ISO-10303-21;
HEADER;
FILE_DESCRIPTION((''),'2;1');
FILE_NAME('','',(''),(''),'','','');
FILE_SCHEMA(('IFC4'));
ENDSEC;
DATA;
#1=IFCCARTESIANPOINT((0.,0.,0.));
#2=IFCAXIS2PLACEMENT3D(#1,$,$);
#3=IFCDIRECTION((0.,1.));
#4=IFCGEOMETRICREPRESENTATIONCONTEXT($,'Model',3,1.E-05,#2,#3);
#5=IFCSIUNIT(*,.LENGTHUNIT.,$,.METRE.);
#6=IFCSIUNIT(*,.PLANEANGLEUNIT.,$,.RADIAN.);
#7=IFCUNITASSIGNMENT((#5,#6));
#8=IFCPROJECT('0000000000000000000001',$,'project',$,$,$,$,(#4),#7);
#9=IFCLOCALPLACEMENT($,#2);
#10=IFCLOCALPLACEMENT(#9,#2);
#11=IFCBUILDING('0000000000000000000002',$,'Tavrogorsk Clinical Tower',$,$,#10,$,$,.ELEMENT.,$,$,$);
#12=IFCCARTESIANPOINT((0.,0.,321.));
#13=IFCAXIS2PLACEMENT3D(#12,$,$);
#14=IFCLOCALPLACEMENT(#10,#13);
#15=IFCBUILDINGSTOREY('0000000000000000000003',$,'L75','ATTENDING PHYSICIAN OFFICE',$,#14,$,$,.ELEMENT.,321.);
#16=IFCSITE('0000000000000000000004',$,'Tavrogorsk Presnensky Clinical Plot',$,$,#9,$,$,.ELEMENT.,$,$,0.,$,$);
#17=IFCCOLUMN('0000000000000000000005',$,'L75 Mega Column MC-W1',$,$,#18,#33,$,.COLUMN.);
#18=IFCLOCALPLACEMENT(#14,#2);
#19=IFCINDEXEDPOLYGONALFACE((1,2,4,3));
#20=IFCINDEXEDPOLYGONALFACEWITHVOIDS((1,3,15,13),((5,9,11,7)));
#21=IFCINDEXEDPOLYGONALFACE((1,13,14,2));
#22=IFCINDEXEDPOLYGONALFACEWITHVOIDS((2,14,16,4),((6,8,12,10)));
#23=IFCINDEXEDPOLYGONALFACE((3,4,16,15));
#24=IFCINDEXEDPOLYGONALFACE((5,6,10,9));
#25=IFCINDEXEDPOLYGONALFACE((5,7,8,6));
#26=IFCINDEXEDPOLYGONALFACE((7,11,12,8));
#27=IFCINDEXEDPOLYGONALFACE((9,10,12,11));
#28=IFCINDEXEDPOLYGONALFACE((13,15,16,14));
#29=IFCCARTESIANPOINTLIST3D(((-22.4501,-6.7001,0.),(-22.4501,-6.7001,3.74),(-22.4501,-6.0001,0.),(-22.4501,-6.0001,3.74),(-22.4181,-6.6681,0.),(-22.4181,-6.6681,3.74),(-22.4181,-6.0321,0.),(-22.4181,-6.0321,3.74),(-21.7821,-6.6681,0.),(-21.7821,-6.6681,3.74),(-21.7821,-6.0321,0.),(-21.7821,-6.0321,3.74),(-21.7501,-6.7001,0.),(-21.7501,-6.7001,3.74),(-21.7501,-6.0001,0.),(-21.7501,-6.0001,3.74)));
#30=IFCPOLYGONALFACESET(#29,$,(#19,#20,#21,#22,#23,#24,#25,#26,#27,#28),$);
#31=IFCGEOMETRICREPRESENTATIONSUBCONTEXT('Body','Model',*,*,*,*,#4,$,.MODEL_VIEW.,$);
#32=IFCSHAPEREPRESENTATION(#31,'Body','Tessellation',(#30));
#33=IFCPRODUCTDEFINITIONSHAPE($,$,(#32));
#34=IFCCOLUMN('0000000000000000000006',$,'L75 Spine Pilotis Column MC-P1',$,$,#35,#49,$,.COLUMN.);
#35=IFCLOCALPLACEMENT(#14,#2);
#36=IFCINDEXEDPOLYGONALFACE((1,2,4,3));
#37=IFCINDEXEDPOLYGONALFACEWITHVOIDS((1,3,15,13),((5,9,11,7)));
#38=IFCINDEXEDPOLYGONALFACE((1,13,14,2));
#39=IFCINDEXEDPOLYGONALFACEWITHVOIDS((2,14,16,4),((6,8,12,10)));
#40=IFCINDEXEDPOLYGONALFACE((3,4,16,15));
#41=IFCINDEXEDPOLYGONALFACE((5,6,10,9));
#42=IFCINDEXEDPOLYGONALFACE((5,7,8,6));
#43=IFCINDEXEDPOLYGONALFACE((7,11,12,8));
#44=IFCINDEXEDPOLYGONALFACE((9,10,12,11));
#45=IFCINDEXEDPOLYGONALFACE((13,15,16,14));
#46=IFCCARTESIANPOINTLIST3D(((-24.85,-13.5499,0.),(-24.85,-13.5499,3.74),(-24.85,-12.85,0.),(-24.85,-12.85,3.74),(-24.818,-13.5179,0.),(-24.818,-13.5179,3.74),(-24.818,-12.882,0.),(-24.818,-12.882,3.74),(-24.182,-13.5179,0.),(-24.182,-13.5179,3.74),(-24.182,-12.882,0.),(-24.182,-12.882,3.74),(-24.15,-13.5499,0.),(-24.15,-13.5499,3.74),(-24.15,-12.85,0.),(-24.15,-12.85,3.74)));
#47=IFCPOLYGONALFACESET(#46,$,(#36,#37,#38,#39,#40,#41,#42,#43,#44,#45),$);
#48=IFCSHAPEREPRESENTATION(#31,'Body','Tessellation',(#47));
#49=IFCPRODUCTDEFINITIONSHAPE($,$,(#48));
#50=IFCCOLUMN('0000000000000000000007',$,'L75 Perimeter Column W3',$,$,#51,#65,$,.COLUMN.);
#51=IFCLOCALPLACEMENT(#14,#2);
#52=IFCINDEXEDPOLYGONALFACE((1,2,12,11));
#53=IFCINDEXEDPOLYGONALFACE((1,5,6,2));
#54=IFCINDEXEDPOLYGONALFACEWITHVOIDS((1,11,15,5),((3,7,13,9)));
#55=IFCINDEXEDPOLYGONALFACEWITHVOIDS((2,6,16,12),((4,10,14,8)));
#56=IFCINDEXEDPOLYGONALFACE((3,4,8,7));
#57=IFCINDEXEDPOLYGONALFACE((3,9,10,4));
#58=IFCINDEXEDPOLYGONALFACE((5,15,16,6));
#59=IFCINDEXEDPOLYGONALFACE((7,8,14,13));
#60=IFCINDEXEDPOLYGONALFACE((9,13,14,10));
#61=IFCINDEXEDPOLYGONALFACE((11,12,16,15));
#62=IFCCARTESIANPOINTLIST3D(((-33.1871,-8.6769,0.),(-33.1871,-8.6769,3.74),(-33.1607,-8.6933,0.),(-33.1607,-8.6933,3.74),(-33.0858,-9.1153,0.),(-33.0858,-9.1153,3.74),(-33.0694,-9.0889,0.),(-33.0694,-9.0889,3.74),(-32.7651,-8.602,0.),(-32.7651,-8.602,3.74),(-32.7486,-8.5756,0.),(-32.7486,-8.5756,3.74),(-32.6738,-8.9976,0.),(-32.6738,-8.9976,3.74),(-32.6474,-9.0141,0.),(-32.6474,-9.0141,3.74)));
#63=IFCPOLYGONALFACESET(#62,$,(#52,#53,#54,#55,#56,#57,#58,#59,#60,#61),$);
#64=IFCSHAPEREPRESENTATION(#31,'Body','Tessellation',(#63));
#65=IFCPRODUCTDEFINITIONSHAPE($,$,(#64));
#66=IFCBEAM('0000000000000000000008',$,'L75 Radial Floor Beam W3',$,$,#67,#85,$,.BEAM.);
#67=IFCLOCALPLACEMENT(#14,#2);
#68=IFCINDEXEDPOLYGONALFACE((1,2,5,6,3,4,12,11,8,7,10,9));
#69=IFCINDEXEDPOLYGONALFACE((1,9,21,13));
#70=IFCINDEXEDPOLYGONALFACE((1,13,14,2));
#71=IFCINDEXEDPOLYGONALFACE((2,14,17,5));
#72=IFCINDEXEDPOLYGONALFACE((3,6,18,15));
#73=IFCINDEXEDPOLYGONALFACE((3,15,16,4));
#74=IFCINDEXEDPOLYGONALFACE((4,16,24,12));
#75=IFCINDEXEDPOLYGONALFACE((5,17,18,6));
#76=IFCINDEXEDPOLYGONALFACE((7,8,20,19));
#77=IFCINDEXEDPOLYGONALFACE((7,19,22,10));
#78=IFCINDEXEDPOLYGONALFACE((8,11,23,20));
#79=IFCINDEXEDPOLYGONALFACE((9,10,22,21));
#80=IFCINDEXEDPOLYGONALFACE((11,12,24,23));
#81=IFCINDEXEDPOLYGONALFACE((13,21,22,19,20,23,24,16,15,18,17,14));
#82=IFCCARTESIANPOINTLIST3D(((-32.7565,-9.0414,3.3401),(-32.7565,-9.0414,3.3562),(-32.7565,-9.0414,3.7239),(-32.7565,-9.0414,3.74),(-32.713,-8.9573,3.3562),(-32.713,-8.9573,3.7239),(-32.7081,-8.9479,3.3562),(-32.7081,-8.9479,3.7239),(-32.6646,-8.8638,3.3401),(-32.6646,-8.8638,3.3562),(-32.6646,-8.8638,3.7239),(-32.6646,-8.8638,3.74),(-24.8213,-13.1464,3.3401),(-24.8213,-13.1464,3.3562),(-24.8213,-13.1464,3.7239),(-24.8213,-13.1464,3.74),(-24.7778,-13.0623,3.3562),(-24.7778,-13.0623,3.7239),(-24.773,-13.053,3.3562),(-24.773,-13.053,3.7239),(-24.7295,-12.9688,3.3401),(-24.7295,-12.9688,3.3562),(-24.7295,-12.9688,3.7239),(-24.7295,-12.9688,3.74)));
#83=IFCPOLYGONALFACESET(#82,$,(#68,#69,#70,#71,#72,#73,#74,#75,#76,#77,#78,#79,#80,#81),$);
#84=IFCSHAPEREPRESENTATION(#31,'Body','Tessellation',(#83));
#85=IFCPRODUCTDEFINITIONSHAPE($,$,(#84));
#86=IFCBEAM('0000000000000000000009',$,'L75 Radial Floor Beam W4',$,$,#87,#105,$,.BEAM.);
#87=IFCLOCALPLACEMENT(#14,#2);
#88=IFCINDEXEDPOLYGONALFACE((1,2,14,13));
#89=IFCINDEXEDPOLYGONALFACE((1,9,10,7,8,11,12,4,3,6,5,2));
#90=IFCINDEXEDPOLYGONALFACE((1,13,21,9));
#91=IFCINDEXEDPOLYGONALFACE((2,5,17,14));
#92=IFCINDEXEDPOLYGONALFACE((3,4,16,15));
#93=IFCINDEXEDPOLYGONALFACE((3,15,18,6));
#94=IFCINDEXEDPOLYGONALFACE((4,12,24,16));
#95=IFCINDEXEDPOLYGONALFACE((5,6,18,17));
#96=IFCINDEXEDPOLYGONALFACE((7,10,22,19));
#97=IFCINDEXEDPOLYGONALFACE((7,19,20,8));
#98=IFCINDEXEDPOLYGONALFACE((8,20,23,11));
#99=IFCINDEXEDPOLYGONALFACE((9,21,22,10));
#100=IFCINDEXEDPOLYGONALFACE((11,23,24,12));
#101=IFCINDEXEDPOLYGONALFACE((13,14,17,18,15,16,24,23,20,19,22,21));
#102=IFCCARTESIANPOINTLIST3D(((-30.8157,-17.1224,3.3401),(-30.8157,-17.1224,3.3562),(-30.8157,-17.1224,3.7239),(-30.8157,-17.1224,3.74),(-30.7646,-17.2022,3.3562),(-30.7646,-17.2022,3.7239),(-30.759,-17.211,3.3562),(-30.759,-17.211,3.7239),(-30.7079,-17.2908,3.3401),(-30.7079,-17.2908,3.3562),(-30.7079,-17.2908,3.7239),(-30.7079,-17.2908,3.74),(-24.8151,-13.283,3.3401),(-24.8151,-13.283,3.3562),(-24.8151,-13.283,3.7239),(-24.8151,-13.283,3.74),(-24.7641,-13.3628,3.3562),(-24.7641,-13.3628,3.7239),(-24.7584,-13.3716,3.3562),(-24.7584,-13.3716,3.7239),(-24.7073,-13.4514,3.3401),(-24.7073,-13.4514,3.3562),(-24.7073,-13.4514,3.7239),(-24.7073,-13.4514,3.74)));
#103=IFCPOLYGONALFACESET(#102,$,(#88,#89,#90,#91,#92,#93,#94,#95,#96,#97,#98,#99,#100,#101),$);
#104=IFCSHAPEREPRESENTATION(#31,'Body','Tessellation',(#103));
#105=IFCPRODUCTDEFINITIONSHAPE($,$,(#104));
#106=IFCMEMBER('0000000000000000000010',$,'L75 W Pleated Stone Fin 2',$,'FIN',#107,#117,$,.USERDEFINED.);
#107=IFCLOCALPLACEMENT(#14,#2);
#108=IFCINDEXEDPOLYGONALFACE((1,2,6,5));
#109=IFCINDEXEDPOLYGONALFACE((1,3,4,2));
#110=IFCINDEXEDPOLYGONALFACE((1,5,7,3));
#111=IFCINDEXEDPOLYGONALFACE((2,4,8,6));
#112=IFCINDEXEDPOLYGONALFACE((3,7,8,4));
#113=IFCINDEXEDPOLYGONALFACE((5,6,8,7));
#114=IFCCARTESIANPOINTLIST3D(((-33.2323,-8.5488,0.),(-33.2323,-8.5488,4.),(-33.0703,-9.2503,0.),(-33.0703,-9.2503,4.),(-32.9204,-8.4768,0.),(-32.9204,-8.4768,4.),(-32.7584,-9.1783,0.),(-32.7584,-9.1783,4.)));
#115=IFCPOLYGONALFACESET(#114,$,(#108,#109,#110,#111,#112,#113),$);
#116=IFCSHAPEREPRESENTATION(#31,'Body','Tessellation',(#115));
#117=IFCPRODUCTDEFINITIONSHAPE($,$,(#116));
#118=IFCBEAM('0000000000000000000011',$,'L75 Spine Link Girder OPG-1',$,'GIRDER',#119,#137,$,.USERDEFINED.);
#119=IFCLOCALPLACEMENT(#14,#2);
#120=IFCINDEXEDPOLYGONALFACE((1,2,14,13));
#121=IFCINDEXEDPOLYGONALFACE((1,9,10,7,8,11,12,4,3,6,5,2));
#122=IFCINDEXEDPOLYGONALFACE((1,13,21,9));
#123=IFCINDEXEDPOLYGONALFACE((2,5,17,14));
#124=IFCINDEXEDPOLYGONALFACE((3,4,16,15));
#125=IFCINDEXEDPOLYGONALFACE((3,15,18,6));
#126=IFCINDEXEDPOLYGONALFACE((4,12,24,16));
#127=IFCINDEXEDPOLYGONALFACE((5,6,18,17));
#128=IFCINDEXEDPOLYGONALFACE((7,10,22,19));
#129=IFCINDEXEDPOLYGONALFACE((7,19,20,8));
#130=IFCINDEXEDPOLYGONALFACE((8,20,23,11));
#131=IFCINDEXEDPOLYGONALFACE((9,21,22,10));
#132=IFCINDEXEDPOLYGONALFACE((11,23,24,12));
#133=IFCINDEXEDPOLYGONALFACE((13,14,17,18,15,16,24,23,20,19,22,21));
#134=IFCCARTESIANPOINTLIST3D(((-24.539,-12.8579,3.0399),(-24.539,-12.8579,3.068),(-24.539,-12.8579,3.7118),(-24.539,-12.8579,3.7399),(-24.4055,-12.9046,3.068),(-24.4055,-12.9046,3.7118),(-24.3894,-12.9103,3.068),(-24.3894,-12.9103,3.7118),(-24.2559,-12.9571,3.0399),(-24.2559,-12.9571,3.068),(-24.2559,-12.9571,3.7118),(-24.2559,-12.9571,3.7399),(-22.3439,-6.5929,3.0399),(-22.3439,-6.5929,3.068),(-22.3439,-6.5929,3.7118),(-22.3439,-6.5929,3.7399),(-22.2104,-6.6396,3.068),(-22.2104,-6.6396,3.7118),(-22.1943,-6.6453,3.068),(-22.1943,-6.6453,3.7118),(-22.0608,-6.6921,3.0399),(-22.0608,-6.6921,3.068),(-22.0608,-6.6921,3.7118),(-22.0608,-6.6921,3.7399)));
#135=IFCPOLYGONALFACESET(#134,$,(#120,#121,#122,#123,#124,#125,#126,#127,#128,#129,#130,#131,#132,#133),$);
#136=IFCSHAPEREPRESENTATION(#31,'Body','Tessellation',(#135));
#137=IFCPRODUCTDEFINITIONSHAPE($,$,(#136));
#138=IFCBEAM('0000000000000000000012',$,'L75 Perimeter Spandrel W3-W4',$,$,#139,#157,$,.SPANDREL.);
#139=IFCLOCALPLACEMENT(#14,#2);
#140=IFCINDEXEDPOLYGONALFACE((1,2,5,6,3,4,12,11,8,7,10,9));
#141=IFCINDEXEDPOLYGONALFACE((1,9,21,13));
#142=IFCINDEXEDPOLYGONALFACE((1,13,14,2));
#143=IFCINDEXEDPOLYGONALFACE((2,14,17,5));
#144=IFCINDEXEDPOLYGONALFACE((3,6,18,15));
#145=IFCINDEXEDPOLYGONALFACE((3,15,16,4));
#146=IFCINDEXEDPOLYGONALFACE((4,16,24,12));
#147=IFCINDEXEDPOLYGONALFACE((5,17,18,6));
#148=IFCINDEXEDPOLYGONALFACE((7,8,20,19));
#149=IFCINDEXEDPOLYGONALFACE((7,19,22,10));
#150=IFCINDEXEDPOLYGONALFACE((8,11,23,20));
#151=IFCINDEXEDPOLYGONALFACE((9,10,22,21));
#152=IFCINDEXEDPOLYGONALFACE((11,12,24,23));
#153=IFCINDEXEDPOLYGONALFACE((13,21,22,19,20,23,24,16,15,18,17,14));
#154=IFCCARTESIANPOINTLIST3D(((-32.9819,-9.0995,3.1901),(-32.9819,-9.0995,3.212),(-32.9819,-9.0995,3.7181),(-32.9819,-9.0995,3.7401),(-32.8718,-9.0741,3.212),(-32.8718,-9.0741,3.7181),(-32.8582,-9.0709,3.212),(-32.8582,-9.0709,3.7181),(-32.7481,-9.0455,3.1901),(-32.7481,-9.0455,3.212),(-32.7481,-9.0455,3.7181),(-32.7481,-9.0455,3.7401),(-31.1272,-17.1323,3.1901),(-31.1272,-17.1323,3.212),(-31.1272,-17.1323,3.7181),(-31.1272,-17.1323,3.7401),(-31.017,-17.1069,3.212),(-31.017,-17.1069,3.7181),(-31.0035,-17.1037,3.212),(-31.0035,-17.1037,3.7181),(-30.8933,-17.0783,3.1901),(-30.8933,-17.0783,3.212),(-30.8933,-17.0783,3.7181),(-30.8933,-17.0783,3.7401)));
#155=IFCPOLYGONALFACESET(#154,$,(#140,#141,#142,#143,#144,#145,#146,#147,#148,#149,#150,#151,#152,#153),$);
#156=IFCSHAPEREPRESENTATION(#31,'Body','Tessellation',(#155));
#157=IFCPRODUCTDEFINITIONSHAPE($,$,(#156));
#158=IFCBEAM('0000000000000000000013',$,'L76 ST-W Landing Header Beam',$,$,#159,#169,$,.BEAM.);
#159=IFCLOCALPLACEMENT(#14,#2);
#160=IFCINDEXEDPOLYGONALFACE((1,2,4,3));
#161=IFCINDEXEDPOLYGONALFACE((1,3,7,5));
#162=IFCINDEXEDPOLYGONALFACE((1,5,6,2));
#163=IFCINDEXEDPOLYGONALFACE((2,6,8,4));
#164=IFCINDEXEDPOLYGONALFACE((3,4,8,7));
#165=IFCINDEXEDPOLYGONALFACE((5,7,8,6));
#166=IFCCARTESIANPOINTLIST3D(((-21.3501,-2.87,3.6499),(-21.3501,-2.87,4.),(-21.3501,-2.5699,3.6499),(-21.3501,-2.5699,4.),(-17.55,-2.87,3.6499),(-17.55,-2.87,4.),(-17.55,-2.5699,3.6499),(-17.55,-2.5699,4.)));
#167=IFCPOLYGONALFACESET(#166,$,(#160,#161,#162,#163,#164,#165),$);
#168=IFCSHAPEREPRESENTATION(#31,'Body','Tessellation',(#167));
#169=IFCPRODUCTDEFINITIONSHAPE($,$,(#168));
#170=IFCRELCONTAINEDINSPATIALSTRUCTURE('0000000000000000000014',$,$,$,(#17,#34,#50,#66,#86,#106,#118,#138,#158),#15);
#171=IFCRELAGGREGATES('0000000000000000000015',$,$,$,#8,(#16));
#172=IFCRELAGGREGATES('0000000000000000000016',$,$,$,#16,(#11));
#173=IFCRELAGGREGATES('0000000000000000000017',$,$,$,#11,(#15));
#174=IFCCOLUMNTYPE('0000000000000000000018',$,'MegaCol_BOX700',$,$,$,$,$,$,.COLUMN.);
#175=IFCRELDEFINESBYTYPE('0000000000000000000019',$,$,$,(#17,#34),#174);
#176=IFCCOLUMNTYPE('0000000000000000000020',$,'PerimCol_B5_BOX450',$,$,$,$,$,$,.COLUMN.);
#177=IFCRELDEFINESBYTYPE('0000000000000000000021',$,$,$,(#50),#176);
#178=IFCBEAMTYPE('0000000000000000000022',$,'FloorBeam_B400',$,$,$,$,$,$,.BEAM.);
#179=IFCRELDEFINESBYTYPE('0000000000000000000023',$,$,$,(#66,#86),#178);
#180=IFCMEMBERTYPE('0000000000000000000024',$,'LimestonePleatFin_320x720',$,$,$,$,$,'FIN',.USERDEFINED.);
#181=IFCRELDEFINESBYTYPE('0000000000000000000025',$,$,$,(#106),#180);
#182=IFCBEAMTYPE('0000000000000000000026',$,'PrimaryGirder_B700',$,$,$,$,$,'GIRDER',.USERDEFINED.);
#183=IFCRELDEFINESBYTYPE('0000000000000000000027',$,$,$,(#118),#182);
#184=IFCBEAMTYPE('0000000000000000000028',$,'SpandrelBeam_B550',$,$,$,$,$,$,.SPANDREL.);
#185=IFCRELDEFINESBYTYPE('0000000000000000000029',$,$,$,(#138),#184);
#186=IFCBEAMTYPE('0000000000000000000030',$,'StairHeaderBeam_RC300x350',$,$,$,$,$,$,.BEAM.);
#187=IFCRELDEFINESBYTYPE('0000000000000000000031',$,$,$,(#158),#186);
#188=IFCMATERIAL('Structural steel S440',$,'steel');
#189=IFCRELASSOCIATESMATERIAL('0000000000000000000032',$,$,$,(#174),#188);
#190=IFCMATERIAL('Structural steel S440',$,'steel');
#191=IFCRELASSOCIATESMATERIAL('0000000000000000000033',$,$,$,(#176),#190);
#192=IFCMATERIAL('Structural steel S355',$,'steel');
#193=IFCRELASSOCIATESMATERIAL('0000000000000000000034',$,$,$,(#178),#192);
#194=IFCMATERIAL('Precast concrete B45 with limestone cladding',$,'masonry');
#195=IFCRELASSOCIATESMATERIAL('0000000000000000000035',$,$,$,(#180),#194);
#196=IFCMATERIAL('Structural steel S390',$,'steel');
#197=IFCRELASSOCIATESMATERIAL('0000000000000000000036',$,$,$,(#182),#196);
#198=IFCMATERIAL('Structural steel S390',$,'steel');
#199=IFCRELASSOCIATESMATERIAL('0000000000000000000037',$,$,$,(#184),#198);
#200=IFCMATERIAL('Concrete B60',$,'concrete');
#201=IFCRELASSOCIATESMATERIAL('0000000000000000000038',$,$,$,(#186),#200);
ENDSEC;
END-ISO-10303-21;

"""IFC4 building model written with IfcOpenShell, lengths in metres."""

from ifc_helpers import new_model, si_unit, direction, frame, origin, origin_2d, place, context, subcontext, project, spatial, rectangle, hollow_rectangle, i_section, extrude, material, material_profile, profile_set, type_object, element, save


model = new_model("IFC4")

# Units and contexts
model_context = context("Model", 3, precision=1e-05, world=origin(), true_north=direction((0.0, 1.0)))
body_context = subcontext(model_context, "Body", "Model", "MODEL_VIEW")
ifc_project = project(units=[si_unit("LENGTHUNIT", "METRE"), si_unit("PLANEANGLEUNIT", "RADIAN")], contexts=[model_context])

# Site, building, storey
site_placement = place(None, origin())
site = spatial("IfcSite", under=ifc_project, at=site_placement, Name="Tavrogorsk Presnensky Clinical Plot", CompositionType="ELEMENT", RefElevation=0.0)
building_placement = place(site_placement, origin())
building = spatial("IfcBuilding", under=site, at=building_placement, Name="Tavrogorsk Clinical Tower", CompositionType="ELEMENT")
storey_placement = place(building_placement, frame((0.0, 0.0, 321.0)))
storey = spatial("IfcBuildingStorey", under=building, at=storey_placement, Name="L75", Description="ATTENDING PHYSICIAN OFFICE", CompositionType="ELEMENT", Elevation=321.0)

# Columns
ifc_material_1 = material(Name="Structural steel S440", Category="steel")
ifc_material_profile_1 = material_profile(ifc_material_1, hollow_rectangle(XDim=0.7, YDim=0.7, WallThickness=0.032, at=origin_2d()), Name="BOX-700x700x32")
ifc_profile_set_1 = profile_set([ifc_material_profile_1], Name="Structural steel S440")
column_type_1 = type_object("IfcColumnType", Name="MegaCol_BOX700", PredefinedType="COLUMN", material=ifc_profile_set_1)
for number, where, z_axis, x_axis, name in (
    (1, (-22.1001, -6.3501, 0.0), (0.0, 0.0, 1.0), (1.0, 0.0, 0.0), "L75 Mega Column MC-W1"),
    (2, (-24.5, -13.2, 0.0), (0.0, 0.0, 1.0), (1.0, 0.0, 0.0), "L75 Spine Pilotis Column MC-P1"),
):
    element("IfcColumn", number, at=place(storey_placement, frame(where, z_axis=z_axis, x_axis=x_axis)), inside=storey, type_object=column_type_1, Name=name, PredefinedType="COLUMN", context=body_context, shape_type="SweptSolid", body=[
        extrude(hollow_rectangle(XDim=0.7, YDim=0.7, WallThickness=0.032, at=origin_2d()), origin(), (0.0, 0.0, 1.0), 3.74),
    ])
ifc_material_2 = material(Name="Structural steel S440", Category="steel")
ifc_material_profile_2 = material_profile(ifc_material_2, hollow_rectangle(XDim=0.45, YDim=0.45, WallThickness=0.022, at=origin_2d()), Name="BOX-450x450x22")
ifc_profile_set_2 = profile_set([ifc_material_profile_2], Name="Structural steel S440")
column_type_2 = type_object("IfcColumnType", Name="PerimCol_B5_BOX450", PredefinedType="COLUMN", material=ifc_profile_set_2)
column_placement = place(storey_placement, frame((-32.9172, -8.8455, 0.0), z_axis=(0.0, 0.0, 1.0), x_axis=(0.97437, 0.224951, 0.0)))
element("IfcColumn", 3, at=column_placement, inside=storey, type_object=column_type_2, Name="L75 Perimeter Column W3", PredefinedType="COLUMN", context=body_context, shape_type="SweptSolid", body=[
    extrude(hollow_rectangle(XDim=0.45, YDim=0.45, WallThickness=0.022, at=origin_2d()), origin(), (0.0, 0.0, 1.0), 3.74),
])

# Beams
ifc_material_3 = material(Name="Structural steel S355", Category="steel")
ifc_material_profile_3 = material_profile(ifc_material_3, i_section(OverallWidth=0.2, OverallDepth=0.3999, WebThickness=0.0105, FlangeThickness=0.0161, at=origin_2d()), Name="B-400x200x10.5x16")
ifc_profile_set_3 = profile_set([ifc_material_profile_3], Name="Structural steel S355")
beam_type_1 = type_object("IfcBeamType", Name="FloorBeam_B400", PredefinedType="BEAM", material=ifc_profile_set_3)
beam_1_placement = place(storey_placement, frame((-24.7754, -13.0576, 3.54), z_axis=(-0.888188, 0.459479, 0.0), x_axis=(-0.459479, -0.888188, 0.0)))
element("IfcBeam", 4, at=beam_1_placement, inside=storey, type_object=beam_type_1, Name="L75 Radial Floor Beam W3", PredefinedType="BEAM", context=body_context, shape_type="SweptSolid", body=[
    extrude(i_section(OverallWidth=0.2, OverallDepth=0.3999, WebThickness=0.0105, FlangeThickness=0.0161, at=origin_2d()), origin(), (0.0, 0.0, 1.0), 8.9341),
])
beam_2_placement = place(storey_placement, frame((-24.7612, -13.3672, 3.54), z_axis=(-0.842332, -0.538958, 0.0), x_axis=(0.538958, -0.842332, 0.0)))
element("IfcBeam", 5, at=beam_2_placement, inside=storey, type_object=beam_type_1, Name="L75 Radial Floor Beam W4", PredefinedType="BEAM", context=body_context, shape_type="SweptSolid", body=[
    extrude(i_section(OverallWidth=0.2, OverallDepth=0.3999, WebThickness=0.0105, FlangeThickness=0.0161, at=origin_2d()), origin(), (0.0, 0.0, 1.0), 7.1238),
])

# Member
ifc_material_4 = material(Name="Precast concrete B45 with limestone cladding", Category="masonry")
ifc_material_profile_4 = material_profile(ifc_material_4, rectangle(XDim=0.3201, YDim=0.72, at=origin_2d()), Name="LIMESTONE-FIN-320x720")
ifc_profile_set_4 = profile_set([ifc_material_profile_4], Name="Precast concrete B45 with limestone cladding")
member_type = type_object("IfcMemberType", Name="LimestonePleatFin_320x720", ElementType="FIN", PredefinedType="USERDEFINED", material=ifc_profile_set_4)
member_placement = place(storey_placement, frame((-32.9954, -8.8635, 0.0), z_axis=(0.0, 0.0, 1.0), x_axis=(0.97437, 0.224951, 0.0)))
element("IfcMember", 6, at=member_placement, inside=storey, type_object=member_type, Name="L75 W Pleated Stone Fin 2", ObjectType="FIN", PredefinedType="USERDEFINED", context=body_context, shape_type="SweptSolid", body=[
    extrude(rectangle(XDim=0.3201, YDim=0.72, at=origin_2d()), origin(), (0.0, 0.0, 1.0), 4.0),
])

# Beams
ifc_material_5 = material(Name="Structural steel S390", Category="steel")
ifc_material_profile_5 = material_profile(ifc_material_5, i_section(OverallWidth=0.3, OverallDepth=0.7, WebThickness=0.0171, FlangeThickness=0.0281, at=origin_2d()), Name="B-700x300x17x28")
ifc_profile_set_5 = profile_set([ifc_material_profile_5], Name="Structural steel S390")
beam_type_2 = type_object("IfcBeamType", Name="PrimaryGirder_B700", ElementType="GIRDER", PredefinedType="USERDEFINED", material=ifc_profile_set_5)
beam_3_placement = place(storey_placement, frame((-24.3975, -12.9075, 3.3899), z_axis=(0.330667, 0.943748, 0.0), x_axis=(-0.943748, 0.330667, 0.0)))
element("IfcBeam", 7, at=beam_3_placement, inside=storey, type_object=beam_type_2, Name="L75 Spine Link Girder OPG-1", ObjectType="GIRDER", PredefinedType="USERDEFINED", context=body_context, shape_type="SweptSolid", body=[
    extrude(i_section(OverallWidth=0.3, OverallDepth=0.7, WebThickness=0.0171, FlangeThickness=0.0281, at=origin_2d()), origin(), (0.0, 0.0, 1.0), 6.6384),
])
ifc_material_6 = material(Name="Structural steel S390", Category="steel")
ifc_material_profile_6 = material_profile(ifc_material_6, i_section(OverallWidth=0.24, OverallDepth=0.55, WebThickness=0.0139, FlangeThickness=0.022, at=origin_2d()), Name="B-550x240x14x22")
ifc_profile_set_6 = profile_set([ifc_material_profile_6], Name="Structural steel S390")
beam_type_3 = type_object("IfcBeamType", Name="SpandrelBeam_B550", PredefinedType="SPANDREL", material=ifc_profile_set_6)
beam_4_placement = place(storey_placement, frame((-32.865, -9.0725, 3.4651), z_axis=(0.224978, -0.974364, 0.0), x_axis=(0.974364, 0.224978, 0.0)))
element("IfcBeam", 8, at=beam_4_placement, inside=storey, type_object=beam_type_3, Name="L75 Perimeter Spandrel W3-W4", PredefinedType="SPANDREL", context=body_context, shape_type="SweptSolid", body=[
    extrude(i_section(OverallWidth=0.24, OverallDepth=0.55, WebThickness=0.0139, FlangeThickness=0.022, at=origin_2d()), origin(), (0.0, 0.0, 1.0), 8.2441),
])
ifc_material_7 = material(Name="Concrete B60", Category="concrete")
ifc_material_profile_7 = material_profile(ifc_material_7, rectangle(XDim=0.3, YDim=0.3501, at=origin_2d()), Name="RC-SHB-300x350")
ifc_profile_set_7 = profile_set([ifc_material_profile_7], Name="Concrete B60")
beam_type_4 = type_object("IfcBeamType", Name="StairHeaderBeam_RC300x350", PredefinedType="BEAM", material=ifc_profile_set_7)
beam_5_placement = place(storey_placement, frame((-21.3501, -2.72, 3.825), z_axis=(1.0, 0.0, 0.0), x_axis=(0.0, 1.0, 0.0)))
element("IfcBeam", 9, at=beam_5_placement, inside=storey, type_object=beam_type_4, Name="L76 ST-W Landing Header Beam", PredefinedType="BEAM", context=body_context, shape_type="SweptSolid", body=[
    extrude(rectangle(XDim=0.3, YDim=0.3501, at=origin_2d()), origin(), (0.0, 0.0, 1.0), 3.8),
])

save(model, "model.ifc")
